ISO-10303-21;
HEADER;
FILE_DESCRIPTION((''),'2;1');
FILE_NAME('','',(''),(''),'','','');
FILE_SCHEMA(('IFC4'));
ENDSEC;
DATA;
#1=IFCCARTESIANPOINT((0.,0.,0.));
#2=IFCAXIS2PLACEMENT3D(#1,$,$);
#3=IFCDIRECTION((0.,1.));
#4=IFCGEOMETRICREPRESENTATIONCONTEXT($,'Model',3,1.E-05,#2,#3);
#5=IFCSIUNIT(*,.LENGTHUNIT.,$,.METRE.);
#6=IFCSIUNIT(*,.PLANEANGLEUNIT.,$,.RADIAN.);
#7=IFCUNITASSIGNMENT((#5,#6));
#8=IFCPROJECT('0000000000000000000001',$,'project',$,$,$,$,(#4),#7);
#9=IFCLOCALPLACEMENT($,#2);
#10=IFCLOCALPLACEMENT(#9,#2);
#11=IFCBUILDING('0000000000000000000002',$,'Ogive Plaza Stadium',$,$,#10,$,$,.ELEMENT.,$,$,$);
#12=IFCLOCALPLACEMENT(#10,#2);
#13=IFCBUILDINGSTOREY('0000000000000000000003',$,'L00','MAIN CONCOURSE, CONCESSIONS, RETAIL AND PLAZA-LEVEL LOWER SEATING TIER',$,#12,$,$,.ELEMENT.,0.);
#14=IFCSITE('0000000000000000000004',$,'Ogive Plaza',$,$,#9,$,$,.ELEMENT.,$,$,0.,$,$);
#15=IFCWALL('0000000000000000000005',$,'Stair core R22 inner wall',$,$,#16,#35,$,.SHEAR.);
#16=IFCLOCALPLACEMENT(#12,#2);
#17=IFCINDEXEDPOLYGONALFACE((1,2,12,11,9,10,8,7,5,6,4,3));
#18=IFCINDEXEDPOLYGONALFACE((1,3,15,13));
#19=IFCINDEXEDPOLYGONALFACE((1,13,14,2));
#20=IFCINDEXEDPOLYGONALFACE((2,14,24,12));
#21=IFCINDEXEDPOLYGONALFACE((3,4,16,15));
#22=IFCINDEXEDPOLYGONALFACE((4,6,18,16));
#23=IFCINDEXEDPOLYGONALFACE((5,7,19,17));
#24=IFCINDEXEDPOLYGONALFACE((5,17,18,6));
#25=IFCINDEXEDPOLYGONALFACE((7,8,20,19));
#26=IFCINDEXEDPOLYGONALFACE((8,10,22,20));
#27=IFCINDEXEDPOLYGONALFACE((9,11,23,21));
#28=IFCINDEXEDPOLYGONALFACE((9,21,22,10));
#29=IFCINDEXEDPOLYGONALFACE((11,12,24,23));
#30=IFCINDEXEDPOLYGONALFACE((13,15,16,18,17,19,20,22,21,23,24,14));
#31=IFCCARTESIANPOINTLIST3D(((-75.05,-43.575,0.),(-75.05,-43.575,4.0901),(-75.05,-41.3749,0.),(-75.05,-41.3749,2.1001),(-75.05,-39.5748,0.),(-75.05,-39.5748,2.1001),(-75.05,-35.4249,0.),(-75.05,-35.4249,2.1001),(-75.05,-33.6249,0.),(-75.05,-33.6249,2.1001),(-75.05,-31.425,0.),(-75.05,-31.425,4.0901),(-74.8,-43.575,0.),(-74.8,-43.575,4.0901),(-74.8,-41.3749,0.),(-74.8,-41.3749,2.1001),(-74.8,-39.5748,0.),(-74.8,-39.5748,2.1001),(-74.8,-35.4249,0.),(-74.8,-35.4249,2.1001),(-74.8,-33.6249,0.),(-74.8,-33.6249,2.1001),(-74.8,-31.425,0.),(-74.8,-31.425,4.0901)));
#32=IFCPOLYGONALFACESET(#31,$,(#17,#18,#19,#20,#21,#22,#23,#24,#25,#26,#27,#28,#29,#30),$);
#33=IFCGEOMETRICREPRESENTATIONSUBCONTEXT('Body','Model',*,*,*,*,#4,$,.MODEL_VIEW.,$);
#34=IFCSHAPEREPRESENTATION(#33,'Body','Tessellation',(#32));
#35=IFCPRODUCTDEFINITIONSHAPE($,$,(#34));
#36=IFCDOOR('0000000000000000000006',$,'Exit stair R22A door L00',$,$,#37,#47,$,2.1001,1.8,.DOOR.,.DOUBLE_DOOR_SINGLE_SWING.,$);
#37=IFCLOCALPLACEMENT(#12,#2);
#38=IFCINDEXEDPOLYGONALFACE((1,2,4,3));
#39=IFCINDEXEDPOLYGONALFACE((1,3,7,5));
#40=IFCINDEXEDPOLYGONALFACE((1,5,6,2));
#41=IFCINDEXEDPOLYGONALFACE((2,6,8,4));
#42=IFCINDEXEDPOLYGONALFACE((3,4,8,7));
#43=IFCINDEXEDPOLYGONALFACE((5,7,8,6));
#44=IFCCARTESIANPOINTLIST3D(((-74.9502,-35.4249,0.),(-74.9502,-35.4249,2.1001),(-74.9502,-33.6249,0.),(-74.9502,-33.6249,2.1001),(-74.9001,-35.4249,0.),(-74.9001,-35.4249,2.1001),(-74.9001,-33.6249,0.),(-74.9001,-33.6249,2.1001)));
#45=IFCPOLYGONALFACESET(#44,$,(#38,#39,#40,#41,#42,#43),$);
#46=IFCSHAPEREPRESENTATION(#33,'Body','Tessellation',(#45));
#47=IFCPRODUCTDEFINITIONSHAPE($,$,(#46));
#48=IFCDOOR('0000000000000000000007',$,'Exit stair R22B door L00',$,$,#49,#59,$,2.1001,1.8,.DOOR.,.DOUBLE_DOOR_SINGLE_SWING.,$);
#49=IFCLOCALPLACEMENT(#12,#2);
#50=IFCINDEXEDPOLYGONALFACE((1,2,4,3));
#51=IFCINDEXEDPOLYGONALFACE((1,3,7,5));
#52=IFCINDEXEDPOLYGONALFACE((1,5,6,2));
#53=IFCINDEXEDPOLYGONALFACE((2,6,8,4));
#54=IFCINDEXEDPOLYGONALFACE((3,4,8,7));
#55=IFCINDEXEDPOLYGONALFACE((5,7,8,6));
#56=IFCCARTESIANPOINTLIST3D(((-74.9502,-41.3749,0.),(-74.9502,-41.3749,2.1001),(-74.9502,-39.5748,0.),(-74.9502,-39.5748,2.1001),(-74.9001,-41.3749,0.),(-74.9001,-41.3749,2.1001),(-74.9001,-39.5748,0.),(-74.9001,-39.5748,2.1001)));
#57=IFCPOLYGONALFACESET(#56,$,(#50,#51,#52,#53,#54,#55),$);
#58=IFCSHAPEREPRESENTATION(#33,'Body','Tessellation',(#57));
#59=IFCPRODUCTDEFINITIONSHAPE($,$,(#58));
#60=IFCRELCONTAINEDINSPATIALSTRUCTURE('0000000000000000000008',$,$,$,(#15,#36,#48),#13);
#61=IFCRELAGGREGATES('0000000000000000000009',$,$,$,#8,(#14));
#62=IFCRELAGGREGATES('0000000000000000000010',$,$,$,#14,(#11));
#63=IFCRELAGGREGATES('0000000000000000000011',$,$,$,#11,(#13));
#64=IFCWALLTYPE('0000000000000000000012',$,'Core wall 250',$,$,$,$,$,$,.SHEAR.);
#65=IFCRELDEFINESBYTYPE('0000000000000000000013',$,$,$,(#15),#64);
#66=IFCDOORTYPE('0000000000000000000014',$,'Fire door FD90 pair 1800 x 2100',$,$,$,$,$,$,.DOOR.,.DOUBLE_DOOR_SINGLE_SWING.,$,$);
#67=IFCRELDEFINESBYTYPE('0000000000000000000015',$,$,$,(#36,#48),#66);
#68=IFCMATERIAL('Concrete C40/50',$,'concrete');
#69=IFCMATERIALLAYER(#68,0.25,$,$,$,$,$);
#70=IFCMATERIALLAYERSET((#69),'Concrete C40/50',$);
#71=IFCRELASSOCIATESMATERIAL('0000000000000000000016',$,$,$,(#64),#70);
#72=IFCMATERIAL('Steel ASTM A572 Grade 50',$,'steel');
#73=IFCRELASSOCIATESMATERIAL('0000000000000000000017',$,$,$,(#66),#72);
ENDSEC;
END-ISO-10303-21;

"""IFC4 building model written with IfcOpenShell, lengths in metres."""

from ifc_helpers import new_model, si_unit, direction, frame, frame_2d, origin, place, context, subcontext, project, spatial, rectangle, extrude, material, layer, layer_set, type_object, element, fill, save


model = new_model("IFC4")

# Units and contexts
model_context = context("Model", 3, precision=1e-05, world=origin(), true_north=direction((0.0, 1.0)))
body_context = subcontext(model_context, "Body", "Model", "MODEL_VIEW")
ifc_project = project(units=[si_unit("LENGTHUNIT", "METRE"), si_unit("PLANEANGLEUNIT", "RADIAN")], contexts=[model_context])

# Site, building, storey
site_placement = place(None, origin())
site = spatial("IfcSite", under=ifc_project, at=site_placement, Name="Ogive Plaza", CompositionType="ELEMENT", RefElevation=0.0)
building_placement = place(site_placement, origin())
building = spatial("IfcBuilding", under=site, at=building_placement, Name="Ogive Plaza Stadium", CompositionType="ELEMENT")
storey_placement = place(building_placement, origin())
storey = spatial("IfcBuildingStorey", under=building, at=storey_placement, Name="L00", Description="MAIN CONCOURSE, CONCESSIONS, RETAIL AND PLAZA-LEVEL LOWER SEATING TIER", CompositionType="ELEMENT", Elevation=0.0)

# Wall, openings, doors
ifc_material_1 = material(Name="Concrete C40/50", Category="concrete")
ifc_layer_1 = layer(ifc_material_1, 0.25)
ifc_layer_set_1 = layer_set([ifc_layer_1], Name="Concrete C40/50")
wall_type_1 = type_object("IfcWallType", Name="Core wall 250", PredefinedType="SHEAR", material=ifc_layer_set_1)
wall_1_placement = place(storey_placement, frame((-74.925, -31.425, 0.0), z_axis=(0.0, 0.0, 1.0), x_axis=(0.0, -1.0, 0.0)))
wall_1 = element("IfcWall", 1, at=wall_1_placement, inside=storey, type_object=wall_type_1, Name="Stair core R22 inner wall", PredefinedType="SHEAR", context=body_context, shape_type="SweptSolid", body=[
    extrude(rectangle(XDim=12.1499, YDim=0.25, at=frame_2d((6.075, 0.0))), origin(), (0.0, 0.0, 1.0), 4.0901),
])
opening_1_placement = place(wall_1_placement, frame((2.2, 0.0, 0.0)))
opening_1 = element("IfcOpeningElement", 2, at=opening_1_placement, cuts=wall_1, PredefinedType="OPENING", context=body_context, shape_type="SweptSolid", body=[
    extrude(rectangle(XDim=1.8, YDim=2.1001, at=frame_2d((0.8999, 1.05))), frame((0.0, 0.125, 0.0), z_axis=(0.0, -1.0, 0.0), x_axis=(1.0, 0.0, 0.0)), (0.0, 0.0, 1.0), 0.25),
])
opening_2_placement = place(wall_1_placement, frame((8.1499, 0.0, 0.0)))
opening_2 = element("IfcOpeningElement", 3, at=opening_2_placement, cuts=wall_1, PredefinedType="OPENING", context=body_context, shape_type="SweptSolid", body=[
    extrude(rectangle(XDim=1.8, YDim=2.1001, at=frame_2d((0.8999, 1.05))), frame((0.0, 0.125, 0.0), z_axis=(0.0, -1.0, 0.0), x_axis=(1.0, 0.0, 0.0)), (0.0, 0.0, 1.0), 0.25),
])
ifc_material_2 = material(Name="Steel ASTM A572 Grade 50", Category="steel")
door_type_1 = type_object("IfcDoorType", Name="Fire door FD90 pair 1800 x 2100", OperationType="DOUBLE_DOOR_SINGLE_SWING", PredefinedType="DOOR", material=ifc_material_2)
door_1_placement = place(opening_1_placement, origin())
door_1 = element("IfcDoor", 4, at=door_1_placement, inside=storey, type_object=door_type_1, Name="Exit stair R22A door L00", OperationType="DOUBLE_DOOR_SINGLE_SWING", OverallHeight=2.1001, OverallWidth=1.8, PredefinedType="DOOR", context=body_context, shape_type="SweptSolid", body=[
    extrude(rectangle(XDim=1.8, YDim=2.1001, at=frame_2d((0.8999, 1.05))), frame((0.0, 0.0249, 0.0), z_axis=(0.0, -1.0, 0.0), x_axis=(1.0, 0.0, 0.0)), (0.0, 0.0, 1.0), 0.05),
])
fill(opening_1, door_1)
door_2_placement = place(opening_2_placement, origin())
door_2 = element("IfcDoor", 5, at=door_2_placement, inside=storey, type_object=door_type_1, Name="Exit stair R22B door L00", OperationType="DOUBLE_DOOR_SINGLE_SWING", OverallHeight=2.1001, OverallWidth=1.8, PredefinedType="DOOR", context=body_context, shape_type="SweptSolid", body=[
    extrude(rectangle(XDim=1.8, YDim=2.1001, at=frame_2d((0.8999, 1.05))), frame((0.0, 0.0249, 0.0), z_axis=(0.0, -1.0, 0.0), x_axis=(1.0, 0.0, 0.0)), (0.0, 0.0, 1.0), 0.05),
])
fill(opening_2, door_2)

save(model, "model.ifc")
